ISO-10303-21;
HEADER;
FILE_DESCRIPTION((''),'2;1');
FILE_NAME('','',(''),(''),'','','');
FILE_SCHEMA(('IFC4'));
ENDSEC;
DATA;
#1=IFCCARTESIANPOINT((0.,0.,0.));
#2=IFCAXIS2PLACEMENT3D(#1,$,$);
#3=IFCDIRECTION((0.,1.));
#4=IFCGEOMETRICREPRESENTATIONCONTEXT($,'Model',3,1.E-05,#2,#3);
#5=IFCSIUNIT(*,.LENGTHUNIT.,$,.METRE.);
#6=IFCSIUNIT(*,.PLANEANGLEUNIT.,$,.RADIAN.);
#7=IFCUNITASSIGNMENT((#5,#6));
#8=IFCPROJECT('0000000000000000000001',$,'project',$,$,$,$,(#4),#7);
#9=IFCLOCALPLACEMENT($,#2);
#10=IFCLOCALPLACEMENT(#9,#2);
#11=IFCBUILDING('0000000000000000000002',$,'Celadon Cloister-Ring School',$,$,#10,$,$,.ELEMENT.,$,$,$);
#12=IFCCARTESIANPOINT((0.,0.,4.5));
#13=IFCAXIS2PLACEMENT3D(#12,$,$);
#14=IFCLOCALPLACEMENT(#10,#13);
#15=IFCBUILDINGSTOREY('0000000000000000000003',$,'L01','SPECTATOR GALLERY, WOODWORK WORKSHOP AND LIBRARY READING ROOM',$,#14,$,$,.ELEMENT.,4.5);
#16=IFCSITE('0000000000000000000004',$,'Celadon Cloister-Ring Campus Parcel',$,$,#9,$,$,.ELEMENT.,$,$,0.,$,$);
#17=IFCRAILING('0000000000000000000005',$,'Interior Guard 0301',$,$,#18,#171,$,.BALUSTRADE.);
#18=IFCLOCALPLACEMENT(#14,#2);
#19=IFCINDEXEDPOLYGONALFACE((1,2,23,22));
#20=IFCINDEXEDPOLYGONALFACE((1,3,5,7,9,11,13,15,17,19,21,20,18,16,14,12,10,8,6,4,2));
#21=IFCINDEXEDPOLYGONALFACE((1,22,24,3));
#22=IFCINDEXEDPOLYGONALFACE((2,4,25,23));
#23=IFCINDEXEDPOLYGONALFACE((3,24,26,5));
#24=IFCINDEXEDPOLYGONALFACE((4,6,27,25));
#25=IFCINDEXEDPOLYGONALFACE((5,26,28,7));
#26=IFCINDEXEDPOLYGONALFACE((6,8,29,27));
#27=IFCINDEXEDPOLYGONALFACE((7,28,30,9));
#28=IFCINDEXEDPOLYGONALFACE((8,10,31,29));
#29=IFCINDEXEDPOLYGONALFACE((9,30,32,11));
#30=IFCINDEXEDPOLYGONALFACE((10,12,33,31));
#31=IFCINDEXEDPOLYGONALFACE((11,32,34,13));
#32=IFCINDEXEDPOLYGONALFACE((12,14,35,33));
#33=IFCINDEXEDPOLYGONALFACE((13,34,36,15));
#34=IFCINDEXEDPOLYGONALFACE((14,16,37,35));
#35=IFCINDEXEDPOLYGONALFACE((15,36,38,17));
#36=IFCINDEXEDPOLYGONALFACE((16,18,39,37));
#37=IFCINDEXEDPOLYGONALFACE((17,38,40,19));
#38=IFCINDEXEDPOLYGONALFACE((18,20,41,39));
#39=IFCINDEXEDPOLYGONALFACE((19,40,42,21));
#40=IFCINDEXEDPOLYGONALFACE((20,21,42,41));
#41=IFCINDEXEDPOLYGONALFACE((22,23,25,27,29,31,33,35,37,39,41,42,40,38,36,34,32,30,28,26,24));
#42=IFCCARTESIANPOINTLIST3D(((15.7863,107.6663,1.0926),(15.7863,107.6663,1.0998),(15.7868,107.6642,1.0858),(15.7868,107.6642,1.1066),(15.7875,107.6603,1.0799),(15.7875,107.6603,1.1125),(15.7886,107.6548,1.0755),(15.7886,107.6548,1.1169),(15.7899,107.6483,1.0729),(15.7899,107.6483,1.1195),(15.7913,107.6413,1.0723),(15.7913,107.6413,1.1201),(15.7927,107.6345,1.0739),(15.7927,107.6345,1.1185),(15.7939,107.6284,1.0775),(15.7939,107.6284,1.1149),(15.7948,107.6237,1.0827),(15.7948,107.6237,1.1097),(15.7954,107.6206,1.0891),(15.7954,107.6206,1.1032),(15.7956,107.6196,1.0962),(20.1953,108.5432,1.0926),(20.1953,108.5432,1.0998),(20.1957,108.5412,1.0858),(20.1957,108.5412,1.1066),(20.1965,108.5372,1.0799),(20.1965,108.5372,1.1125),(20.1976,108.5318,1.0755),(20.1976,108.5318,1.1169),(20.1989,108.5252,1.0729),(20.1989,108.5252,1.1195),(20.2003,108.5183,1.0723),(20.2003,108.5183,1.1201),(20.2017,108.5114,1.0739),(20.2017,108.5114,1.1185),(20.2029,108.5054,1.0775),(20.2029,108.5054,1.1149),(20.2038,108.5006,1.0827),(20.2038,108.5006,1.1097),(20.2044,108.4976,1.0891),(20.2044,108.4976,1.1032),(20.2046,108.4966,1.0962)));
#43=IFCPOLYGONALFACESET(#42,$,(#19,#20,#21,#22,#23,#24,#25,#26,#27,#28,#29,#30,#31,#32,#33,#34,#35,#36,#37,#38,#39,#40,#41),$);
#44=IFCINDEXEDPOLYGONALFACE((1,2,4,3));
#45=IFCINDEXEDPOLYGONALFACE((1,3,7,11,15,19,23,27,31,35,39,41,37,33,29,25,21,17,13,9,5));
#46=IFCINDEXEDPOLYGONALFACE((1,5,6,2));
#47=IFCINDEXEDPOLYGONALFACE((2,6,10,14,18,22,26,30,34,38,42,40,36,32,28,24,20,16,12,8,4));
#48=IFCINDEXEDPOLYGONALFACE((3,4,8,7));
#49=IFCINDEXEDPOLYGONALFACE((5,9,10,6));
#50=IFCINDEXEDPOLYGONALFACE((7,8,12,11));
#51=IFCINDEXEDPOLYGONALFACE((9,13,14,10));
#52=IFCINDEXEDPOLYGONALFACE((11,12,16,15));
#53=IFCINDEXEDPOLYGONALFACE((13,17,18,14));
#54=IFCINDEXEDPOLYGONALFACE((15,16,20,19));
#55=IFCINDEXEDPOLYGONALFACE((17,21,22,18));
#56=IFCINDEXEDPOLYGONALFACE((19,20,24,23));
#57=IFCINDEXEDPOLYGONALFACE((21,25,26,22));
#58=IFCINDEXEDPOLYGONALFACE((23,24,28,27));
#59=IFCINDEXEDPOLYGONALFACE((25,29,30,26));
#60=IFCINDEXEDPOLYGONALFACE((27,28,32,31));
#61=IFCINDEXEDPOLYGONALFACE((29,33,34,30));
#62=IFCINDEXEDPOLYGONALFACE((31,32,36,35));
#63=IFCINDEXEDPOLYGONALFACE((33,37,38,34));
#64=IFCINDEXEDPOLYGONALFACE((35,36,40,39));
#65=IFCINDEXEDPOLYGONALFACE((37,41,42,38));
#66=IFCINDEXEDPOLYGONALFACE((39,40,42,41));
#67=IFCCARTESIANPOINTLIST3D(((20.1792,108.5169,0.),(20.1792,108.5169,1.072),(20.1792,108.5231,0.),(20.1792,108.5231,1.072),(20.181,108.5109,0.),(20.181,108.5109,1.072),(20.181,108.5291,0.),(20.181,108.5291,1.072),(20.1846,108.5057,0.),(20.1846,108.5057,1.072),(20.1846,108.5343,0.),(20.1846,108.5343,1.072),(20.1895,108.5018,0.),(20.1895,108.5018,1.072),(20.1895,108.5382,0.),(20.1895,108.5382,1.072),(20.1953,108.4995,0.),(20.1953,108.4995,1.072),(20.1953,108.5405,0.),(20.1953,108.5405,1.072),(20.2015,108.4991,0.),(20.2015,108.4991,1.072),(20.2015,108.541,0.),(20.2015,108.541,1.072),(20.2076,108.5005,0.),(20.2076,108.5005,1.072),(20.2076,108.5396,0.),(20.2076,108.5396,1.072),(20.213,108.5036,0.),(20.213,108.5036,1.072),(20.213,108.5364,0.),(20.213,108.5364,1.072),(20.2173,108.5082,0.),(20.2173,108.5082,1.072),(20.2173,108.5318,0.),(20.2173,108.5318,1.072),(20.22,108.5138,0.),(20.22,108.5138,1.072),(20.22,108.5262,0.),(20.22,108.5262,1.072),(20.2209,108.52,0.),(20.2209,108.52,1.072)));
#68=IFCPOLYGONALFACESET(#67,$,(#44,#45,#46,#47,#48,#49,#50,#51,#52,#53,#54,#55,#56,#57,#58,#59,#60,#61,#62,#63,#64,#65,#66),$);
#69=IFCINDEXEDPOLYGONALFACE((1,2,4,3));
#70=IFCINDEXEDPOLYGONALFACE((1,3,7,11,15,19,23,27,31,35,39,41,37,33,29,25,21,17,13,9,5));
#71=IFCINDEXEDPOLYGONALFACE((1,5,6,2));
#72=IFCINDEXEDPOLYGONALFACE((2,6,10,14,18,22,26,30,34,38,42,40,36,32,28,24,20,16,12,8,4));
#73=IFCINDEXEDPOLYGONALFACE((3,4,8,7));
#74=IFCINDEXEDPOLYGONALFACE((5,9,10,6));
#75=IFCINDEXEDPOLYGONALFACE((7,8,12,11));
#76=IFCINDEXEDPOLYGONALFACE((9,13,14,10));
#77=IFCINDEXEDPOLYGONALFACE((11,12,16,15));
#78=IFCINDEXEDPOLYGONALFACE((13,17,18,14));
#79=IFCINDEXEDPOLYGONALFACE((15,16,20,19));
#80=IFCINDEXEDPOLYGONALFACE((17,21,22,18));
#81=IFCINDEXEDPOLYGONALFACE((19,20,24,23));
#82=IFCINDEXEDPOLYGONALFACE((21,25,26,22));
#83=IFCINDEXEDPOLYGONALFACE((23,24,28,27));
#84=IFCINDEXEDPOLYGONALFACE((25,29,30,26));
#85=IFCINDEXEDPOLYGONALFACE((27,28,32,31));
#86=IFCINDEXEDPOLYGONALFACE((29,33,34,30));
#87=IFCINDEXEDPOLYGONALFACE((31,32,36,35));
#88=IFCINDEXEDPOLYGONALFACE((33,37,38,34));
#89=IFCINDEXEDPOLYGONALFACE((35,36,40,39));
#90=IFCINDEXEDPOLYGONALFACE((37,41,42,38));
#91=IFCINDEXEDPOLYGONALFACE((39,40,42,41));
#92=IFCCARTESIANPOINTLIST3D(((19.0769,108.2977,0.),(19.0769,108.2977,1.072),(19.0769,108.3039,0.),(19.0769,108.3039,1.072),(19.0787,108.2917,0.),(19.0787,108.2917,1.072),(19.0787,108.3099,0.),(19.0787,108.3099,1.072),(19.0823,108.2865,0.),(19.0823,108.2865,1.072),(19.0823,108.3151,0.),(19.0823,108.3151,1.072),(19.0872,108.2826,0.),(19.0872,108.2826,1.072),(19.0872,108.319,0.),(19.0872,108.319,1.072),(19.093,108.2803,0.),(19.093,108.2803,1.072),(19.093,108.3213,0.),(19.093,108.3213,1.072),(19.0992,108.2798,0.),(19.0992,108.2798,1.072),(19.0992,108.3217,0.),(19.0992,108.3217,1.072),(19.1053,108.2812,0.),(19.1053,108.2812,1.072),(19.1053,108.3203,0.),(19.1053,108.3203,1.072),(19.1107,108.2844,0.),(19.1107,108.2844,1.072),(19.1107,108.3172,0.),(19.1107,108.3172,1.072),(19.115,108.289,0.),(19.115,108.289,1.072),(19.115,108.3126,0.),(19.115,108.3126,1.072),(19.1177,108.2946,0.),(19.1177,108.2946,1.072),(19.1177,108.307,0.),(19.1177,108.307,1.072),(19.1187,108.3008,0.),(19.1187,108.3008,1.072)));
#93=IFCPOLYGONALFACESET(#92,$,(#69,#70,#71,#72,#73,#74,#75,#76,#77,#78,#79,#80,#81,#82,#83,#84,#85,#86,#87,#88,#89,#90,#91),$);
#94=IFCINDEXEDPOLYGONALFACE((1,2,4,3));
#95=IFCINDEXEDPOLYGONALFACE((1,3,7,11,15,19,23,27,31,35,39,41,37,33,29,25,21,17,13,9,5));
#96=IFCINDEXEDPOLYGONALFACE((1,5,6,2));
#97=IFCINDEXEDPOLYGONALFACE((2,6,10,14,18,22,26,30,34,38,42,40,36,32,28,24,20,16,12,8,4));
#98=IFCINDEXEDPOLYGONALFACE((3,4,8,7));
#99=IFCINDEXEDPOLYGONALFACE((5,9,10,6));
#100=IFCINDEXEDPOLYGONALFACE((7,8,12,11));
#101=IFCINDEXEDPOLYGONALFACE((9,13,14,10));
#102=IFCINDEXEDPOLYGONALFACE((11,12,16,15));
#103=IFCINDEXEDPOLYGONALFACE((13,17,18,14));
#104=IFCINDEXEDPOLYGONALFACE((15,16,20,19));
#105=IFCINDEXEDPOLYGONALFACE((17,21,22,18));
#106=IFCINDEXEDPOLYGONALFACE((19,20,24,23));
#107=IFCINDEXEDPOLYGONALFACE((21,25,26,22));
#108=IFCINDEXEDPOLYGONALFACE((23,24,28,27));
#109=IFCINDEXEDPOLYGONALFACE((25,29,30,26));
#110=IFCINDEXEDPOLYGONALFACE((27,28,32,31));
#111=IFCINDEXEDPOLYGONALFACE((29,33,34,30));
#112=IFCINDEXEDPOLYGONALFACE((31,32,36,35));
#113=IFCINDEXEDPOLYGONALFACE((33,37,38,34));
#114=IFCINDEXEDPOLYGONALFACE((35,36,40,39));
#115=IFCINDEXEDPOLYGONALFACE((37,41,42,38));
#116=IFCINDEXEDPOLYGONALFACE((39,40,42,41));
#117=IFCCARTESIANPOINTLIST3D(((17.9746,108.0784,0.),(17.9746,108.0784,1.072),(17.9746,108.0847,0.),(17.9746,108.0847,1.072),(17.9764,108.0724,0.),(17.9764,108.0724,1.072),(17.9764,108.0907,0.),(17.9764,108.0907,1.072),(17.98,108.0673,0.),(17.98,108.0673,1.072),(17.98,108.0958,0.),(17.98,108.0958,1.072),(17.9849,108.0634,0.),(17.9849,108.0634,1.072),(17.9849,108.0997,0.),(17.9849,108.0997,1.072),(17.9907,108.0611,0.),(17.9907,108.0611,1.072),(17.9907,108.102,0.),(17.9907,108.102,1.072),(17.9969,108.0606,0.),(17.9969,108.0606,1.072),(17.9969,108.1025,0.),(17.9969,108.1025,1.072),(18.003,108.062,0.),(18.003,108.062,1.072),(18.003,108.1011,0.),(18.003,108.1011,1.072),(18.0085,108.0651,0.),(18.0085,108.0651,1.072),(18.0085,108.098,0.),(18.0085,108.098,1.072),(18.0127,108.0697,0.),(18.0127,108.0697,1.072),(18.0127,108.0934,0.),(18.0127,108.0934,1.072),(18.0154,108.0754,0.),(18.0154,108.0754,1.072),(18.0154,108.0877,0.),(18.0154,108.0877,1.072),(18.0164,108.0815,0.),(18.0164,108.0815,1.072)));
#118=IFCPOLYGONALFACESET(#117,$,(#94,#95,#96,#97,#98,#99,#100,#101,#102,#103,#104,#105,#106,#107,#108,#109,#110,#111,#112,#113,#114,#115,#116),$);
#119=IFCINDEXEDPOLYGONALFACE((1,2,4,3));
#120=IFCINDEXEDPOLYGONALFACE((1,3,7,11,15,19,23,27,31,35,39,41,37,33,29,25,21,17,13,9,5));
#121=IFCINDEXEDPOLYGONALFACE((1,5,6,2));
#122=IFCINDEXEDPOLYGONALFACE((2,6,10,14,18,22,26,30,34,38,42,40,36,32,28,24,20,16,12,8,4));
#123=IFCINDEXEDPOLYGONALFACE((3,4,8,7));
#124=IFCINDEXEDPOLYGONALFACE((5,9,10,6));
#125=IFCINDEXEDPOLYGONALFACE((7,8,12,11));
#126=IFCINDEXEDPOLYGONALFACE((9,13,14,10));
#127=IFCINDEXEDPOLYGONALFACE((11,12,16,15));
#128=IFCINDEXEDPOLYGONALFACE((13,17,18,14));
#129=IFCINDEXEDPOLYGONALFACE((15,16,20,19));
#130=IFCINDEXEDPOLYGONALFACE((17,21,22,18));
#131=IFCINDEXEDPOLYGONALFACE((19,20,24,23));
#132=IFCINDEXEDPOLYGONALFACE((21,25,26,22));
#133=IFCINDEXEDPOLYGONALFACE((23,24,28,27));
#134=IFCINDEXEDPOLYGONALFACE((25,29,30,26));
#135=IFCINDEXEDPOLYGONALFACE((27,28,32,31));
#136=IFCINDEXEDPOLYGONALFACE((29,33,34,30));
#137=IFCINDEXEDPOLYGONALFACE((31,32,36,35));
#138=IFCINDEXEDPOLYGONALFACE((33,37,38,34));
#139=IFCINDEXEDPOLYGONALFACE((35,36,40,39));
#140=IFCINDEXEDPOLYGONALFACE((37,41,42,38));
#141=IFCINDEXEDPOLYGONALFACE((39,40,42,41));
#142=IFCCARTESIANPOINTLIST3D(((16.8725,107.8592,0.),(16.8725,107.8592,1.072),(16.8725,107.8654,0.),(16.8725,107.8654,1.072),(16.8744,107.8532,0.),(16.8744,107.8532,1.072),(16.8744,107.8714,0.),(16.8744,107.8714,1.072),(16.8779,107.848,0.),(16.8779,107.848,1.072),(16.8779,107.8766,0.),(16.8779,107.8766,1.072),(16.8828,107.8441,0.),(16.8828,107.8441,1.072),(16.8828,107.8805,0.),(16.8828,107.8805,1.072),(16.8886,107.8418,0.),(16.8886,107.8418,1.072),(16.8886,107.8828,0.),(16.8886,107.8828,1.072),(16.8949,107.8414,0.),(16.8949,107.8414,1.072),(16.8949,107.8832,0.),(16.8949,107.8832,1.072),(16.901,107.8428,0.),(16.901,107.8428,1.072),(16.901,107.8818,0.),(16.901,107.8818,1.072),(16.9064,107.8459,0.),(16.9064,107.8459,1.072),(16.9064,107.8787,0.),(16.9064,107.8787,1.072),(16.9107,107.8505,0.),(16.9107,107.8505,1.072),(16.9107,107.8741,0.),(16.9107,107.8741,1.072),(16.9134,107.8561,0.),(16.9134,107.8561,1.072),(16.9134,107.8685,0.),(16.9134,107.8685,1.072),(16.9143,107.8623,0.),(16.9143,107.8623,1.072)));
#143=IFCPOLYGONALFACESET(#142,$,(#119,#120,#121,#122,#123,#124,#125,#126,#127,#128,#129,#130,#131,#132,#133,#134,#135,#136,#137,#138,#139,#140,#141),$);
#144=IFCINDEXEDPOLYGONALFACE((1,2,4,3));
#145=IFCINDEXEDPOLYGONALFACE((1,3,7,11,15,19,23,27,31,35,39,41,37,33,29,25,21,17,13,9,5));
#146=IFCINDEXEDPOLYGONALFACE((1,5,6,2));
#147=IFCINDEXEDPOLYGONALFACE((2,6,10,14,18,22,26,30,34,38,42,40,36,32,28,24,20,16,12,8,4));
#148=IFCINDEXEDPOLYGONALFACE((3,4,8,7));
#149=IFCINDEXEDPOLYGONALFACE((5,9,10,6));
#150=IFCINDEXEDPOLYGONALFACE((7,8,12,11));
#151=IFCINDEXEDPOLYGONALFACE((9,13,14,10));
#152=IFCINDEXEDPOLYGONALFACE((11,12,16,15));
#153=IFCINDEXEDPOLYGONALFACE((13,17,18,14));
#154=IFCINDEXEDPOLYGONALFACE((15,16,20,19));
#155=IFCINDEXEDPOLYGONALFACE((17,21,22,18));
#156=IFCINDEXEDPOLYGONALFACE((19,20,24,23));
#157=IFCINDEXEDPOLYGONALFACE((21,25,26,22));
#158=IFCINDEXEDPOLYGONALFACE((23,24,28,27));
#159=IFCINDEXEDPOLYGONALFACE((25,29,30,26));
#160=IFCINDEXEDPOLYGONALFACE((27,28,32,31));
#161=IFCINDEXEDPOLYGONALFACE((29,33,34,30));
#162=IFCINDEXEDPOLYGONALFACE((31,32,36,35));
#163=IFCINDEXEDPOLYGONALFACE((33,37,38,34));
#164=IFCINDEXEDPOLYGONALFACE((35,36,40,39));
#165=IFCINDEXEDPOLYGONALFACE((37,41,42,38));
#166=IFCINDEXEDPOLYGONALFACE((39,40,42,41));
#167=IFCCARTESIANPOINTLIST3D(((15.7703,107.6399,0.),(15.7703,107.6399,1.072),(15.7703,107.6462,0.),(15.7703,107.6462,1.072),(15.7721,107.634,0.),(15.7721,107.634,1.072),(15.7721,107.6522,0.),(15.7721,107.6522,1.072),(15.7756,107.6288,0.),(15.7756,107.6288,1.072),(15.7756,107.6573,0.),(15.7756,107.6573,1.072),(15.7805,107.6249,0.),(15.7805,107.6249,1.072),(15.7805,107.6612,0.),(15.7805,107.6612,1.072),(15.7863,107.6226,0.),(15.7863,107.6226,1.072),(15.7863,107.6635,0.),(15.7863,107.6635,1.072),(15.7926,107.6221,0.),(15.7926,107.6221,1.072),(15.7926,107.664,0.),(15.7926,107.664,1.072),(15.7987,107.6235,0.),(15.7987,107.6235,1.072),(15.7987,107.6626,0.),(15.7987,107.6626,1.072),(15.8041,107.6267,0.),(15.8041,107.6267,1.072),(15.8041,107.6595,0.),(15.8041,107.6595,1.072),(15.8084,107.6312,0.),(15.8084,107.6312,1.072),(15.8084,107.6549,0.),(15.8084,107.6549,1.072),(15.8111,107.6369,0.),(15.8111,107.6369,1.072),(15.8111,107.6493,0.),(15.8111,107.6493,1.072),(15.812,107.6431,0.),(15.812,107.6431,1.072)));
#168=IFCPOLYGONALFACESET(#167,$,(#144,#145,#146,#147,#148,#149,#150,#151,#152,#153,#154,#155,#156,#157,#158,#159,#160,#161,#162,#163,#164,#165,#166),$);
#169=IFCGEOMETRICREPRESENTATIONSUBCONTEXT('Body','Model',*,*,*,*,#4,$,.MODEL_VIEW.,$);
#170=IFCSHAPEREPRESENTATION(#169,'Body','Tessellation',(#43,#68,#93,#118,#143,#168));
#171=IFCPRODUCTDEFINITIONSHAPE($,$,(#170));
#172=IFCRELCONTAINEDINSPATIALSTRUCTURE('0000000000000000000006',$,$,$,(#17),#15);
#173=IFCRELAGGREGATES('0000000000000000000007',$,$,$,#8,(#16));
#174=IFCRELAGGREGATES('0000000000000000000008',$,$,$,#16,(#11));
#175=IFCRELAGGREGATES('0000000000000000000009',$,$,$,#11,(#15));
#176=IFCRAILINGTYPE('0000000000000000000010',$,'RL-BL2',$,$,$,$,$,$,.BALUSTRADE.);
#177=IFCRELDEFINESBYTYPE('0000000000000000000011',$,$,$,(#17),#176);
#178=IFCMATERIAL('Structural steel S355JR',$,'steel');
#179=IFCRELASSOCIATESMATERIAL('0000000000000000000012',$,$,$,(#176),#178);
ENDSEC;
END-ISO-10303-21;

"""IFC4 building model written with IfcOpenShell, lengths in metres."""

from ifc_helpers import new_model, si_unit, direction, frame, origin, origin_2d, place, context, subcontext, project, spatial, circle, extrude, material, type_object, element, save


model = new_model("IFC4")

# Units and contexts
model_context = context("Model", 3, precision=1e-05, world=origin(), true_north=direction((0.0, 1.0)))
body_context = subcontext(model_context, "Body", "Model", "MODEL_VIEW")
ifc_project = project(units=[si_unit("LENGTHUNIT", "METRE"), si_unit("PLANEANGLEUNIT", "RADIAN")], contexts=[model_context])

# Site, building, storey
site_placement = place(None, origin())
site = spatial("IfcSite", under=ifc_project, at=site_placement, Name="Celadon Cloister-Ring Campus Parcel", CompositionType="ELEMENT", RefElevation=0.0)
building_placement = place(site_placement, origin())
building = spatial("IfcBuilding", under=site, at=building_placement, Name="Celadon Cloister-Ring School", CompositionType="ELEMENT")
storey_placement = place(building_placement, frame((0.0, 0.0, 4.5)))
storey = spatial("IfcBuildingStorey", under=building, at=storey_placement, Name="L01", Description="SPECTATOR GALLERY, WOODWORK WORKSHOP AND LIBRARY READING ROOM", CompositionType="ELEMENT", Elevation=4.5)

# Railing
ifc_material_1 = material(Name="Structural steel S355JR", Category="steel")
railing_type_1 = type_object("IfcRailingType", Name="RL-BL2", PredefinedType="BALUSTRADE", material=ifc_material_1)
railing_1_placement = place(storey_placement, frame((20.2, 108.52, 0.0)))
element("IfcRailing", 1, at=railing_1_placement, inside=storey, type_object=railing_type_1, Name="Interior Guard 0301", PredefinedType="BALUSTRADE", context=body_context, shape_type="SweptSolid", body=[
    extrude(circle(Radius=0.0239, at=origin_2d()), frame((0.0, 0.0, 1.0962), z_axis=(-0.980787, -0.195082, 0.0), x_axis=(0.195082, -0.980787, 0.0)), (0.0, 0.0, 1.0), 4.4954),
    extrude(circle(Radius=0.021, at=origin_2d()), origin(), (0.0, 0.0, 1.0), 1.072),
    extrude(circle(Radius=0.021, at=origin_2d()), frame((-1.1023, -0.2192, 0.0)), (0.0, 0.0, 1.0), 1.072),
    extrude(circle(Radius=0.021, at=origin_2d()), frame((-2.2046, -0.4385, 0.0)), (0.0, 0.0, 1.0), 1.072),
    extrude(circle(Radius=0.021, at=origin_2d()), frame((-3.3066, -0.6577, 0.0)), (0.0, 0.0, 1.0), 1.072),
    extrude(circle(Radius=0.021, at=origin_2d()), frame((-4.4089, -0.877, 0.0)), (0.0, 0.0, 1.0), 1.072),
])

save(model, "model.ifc")
